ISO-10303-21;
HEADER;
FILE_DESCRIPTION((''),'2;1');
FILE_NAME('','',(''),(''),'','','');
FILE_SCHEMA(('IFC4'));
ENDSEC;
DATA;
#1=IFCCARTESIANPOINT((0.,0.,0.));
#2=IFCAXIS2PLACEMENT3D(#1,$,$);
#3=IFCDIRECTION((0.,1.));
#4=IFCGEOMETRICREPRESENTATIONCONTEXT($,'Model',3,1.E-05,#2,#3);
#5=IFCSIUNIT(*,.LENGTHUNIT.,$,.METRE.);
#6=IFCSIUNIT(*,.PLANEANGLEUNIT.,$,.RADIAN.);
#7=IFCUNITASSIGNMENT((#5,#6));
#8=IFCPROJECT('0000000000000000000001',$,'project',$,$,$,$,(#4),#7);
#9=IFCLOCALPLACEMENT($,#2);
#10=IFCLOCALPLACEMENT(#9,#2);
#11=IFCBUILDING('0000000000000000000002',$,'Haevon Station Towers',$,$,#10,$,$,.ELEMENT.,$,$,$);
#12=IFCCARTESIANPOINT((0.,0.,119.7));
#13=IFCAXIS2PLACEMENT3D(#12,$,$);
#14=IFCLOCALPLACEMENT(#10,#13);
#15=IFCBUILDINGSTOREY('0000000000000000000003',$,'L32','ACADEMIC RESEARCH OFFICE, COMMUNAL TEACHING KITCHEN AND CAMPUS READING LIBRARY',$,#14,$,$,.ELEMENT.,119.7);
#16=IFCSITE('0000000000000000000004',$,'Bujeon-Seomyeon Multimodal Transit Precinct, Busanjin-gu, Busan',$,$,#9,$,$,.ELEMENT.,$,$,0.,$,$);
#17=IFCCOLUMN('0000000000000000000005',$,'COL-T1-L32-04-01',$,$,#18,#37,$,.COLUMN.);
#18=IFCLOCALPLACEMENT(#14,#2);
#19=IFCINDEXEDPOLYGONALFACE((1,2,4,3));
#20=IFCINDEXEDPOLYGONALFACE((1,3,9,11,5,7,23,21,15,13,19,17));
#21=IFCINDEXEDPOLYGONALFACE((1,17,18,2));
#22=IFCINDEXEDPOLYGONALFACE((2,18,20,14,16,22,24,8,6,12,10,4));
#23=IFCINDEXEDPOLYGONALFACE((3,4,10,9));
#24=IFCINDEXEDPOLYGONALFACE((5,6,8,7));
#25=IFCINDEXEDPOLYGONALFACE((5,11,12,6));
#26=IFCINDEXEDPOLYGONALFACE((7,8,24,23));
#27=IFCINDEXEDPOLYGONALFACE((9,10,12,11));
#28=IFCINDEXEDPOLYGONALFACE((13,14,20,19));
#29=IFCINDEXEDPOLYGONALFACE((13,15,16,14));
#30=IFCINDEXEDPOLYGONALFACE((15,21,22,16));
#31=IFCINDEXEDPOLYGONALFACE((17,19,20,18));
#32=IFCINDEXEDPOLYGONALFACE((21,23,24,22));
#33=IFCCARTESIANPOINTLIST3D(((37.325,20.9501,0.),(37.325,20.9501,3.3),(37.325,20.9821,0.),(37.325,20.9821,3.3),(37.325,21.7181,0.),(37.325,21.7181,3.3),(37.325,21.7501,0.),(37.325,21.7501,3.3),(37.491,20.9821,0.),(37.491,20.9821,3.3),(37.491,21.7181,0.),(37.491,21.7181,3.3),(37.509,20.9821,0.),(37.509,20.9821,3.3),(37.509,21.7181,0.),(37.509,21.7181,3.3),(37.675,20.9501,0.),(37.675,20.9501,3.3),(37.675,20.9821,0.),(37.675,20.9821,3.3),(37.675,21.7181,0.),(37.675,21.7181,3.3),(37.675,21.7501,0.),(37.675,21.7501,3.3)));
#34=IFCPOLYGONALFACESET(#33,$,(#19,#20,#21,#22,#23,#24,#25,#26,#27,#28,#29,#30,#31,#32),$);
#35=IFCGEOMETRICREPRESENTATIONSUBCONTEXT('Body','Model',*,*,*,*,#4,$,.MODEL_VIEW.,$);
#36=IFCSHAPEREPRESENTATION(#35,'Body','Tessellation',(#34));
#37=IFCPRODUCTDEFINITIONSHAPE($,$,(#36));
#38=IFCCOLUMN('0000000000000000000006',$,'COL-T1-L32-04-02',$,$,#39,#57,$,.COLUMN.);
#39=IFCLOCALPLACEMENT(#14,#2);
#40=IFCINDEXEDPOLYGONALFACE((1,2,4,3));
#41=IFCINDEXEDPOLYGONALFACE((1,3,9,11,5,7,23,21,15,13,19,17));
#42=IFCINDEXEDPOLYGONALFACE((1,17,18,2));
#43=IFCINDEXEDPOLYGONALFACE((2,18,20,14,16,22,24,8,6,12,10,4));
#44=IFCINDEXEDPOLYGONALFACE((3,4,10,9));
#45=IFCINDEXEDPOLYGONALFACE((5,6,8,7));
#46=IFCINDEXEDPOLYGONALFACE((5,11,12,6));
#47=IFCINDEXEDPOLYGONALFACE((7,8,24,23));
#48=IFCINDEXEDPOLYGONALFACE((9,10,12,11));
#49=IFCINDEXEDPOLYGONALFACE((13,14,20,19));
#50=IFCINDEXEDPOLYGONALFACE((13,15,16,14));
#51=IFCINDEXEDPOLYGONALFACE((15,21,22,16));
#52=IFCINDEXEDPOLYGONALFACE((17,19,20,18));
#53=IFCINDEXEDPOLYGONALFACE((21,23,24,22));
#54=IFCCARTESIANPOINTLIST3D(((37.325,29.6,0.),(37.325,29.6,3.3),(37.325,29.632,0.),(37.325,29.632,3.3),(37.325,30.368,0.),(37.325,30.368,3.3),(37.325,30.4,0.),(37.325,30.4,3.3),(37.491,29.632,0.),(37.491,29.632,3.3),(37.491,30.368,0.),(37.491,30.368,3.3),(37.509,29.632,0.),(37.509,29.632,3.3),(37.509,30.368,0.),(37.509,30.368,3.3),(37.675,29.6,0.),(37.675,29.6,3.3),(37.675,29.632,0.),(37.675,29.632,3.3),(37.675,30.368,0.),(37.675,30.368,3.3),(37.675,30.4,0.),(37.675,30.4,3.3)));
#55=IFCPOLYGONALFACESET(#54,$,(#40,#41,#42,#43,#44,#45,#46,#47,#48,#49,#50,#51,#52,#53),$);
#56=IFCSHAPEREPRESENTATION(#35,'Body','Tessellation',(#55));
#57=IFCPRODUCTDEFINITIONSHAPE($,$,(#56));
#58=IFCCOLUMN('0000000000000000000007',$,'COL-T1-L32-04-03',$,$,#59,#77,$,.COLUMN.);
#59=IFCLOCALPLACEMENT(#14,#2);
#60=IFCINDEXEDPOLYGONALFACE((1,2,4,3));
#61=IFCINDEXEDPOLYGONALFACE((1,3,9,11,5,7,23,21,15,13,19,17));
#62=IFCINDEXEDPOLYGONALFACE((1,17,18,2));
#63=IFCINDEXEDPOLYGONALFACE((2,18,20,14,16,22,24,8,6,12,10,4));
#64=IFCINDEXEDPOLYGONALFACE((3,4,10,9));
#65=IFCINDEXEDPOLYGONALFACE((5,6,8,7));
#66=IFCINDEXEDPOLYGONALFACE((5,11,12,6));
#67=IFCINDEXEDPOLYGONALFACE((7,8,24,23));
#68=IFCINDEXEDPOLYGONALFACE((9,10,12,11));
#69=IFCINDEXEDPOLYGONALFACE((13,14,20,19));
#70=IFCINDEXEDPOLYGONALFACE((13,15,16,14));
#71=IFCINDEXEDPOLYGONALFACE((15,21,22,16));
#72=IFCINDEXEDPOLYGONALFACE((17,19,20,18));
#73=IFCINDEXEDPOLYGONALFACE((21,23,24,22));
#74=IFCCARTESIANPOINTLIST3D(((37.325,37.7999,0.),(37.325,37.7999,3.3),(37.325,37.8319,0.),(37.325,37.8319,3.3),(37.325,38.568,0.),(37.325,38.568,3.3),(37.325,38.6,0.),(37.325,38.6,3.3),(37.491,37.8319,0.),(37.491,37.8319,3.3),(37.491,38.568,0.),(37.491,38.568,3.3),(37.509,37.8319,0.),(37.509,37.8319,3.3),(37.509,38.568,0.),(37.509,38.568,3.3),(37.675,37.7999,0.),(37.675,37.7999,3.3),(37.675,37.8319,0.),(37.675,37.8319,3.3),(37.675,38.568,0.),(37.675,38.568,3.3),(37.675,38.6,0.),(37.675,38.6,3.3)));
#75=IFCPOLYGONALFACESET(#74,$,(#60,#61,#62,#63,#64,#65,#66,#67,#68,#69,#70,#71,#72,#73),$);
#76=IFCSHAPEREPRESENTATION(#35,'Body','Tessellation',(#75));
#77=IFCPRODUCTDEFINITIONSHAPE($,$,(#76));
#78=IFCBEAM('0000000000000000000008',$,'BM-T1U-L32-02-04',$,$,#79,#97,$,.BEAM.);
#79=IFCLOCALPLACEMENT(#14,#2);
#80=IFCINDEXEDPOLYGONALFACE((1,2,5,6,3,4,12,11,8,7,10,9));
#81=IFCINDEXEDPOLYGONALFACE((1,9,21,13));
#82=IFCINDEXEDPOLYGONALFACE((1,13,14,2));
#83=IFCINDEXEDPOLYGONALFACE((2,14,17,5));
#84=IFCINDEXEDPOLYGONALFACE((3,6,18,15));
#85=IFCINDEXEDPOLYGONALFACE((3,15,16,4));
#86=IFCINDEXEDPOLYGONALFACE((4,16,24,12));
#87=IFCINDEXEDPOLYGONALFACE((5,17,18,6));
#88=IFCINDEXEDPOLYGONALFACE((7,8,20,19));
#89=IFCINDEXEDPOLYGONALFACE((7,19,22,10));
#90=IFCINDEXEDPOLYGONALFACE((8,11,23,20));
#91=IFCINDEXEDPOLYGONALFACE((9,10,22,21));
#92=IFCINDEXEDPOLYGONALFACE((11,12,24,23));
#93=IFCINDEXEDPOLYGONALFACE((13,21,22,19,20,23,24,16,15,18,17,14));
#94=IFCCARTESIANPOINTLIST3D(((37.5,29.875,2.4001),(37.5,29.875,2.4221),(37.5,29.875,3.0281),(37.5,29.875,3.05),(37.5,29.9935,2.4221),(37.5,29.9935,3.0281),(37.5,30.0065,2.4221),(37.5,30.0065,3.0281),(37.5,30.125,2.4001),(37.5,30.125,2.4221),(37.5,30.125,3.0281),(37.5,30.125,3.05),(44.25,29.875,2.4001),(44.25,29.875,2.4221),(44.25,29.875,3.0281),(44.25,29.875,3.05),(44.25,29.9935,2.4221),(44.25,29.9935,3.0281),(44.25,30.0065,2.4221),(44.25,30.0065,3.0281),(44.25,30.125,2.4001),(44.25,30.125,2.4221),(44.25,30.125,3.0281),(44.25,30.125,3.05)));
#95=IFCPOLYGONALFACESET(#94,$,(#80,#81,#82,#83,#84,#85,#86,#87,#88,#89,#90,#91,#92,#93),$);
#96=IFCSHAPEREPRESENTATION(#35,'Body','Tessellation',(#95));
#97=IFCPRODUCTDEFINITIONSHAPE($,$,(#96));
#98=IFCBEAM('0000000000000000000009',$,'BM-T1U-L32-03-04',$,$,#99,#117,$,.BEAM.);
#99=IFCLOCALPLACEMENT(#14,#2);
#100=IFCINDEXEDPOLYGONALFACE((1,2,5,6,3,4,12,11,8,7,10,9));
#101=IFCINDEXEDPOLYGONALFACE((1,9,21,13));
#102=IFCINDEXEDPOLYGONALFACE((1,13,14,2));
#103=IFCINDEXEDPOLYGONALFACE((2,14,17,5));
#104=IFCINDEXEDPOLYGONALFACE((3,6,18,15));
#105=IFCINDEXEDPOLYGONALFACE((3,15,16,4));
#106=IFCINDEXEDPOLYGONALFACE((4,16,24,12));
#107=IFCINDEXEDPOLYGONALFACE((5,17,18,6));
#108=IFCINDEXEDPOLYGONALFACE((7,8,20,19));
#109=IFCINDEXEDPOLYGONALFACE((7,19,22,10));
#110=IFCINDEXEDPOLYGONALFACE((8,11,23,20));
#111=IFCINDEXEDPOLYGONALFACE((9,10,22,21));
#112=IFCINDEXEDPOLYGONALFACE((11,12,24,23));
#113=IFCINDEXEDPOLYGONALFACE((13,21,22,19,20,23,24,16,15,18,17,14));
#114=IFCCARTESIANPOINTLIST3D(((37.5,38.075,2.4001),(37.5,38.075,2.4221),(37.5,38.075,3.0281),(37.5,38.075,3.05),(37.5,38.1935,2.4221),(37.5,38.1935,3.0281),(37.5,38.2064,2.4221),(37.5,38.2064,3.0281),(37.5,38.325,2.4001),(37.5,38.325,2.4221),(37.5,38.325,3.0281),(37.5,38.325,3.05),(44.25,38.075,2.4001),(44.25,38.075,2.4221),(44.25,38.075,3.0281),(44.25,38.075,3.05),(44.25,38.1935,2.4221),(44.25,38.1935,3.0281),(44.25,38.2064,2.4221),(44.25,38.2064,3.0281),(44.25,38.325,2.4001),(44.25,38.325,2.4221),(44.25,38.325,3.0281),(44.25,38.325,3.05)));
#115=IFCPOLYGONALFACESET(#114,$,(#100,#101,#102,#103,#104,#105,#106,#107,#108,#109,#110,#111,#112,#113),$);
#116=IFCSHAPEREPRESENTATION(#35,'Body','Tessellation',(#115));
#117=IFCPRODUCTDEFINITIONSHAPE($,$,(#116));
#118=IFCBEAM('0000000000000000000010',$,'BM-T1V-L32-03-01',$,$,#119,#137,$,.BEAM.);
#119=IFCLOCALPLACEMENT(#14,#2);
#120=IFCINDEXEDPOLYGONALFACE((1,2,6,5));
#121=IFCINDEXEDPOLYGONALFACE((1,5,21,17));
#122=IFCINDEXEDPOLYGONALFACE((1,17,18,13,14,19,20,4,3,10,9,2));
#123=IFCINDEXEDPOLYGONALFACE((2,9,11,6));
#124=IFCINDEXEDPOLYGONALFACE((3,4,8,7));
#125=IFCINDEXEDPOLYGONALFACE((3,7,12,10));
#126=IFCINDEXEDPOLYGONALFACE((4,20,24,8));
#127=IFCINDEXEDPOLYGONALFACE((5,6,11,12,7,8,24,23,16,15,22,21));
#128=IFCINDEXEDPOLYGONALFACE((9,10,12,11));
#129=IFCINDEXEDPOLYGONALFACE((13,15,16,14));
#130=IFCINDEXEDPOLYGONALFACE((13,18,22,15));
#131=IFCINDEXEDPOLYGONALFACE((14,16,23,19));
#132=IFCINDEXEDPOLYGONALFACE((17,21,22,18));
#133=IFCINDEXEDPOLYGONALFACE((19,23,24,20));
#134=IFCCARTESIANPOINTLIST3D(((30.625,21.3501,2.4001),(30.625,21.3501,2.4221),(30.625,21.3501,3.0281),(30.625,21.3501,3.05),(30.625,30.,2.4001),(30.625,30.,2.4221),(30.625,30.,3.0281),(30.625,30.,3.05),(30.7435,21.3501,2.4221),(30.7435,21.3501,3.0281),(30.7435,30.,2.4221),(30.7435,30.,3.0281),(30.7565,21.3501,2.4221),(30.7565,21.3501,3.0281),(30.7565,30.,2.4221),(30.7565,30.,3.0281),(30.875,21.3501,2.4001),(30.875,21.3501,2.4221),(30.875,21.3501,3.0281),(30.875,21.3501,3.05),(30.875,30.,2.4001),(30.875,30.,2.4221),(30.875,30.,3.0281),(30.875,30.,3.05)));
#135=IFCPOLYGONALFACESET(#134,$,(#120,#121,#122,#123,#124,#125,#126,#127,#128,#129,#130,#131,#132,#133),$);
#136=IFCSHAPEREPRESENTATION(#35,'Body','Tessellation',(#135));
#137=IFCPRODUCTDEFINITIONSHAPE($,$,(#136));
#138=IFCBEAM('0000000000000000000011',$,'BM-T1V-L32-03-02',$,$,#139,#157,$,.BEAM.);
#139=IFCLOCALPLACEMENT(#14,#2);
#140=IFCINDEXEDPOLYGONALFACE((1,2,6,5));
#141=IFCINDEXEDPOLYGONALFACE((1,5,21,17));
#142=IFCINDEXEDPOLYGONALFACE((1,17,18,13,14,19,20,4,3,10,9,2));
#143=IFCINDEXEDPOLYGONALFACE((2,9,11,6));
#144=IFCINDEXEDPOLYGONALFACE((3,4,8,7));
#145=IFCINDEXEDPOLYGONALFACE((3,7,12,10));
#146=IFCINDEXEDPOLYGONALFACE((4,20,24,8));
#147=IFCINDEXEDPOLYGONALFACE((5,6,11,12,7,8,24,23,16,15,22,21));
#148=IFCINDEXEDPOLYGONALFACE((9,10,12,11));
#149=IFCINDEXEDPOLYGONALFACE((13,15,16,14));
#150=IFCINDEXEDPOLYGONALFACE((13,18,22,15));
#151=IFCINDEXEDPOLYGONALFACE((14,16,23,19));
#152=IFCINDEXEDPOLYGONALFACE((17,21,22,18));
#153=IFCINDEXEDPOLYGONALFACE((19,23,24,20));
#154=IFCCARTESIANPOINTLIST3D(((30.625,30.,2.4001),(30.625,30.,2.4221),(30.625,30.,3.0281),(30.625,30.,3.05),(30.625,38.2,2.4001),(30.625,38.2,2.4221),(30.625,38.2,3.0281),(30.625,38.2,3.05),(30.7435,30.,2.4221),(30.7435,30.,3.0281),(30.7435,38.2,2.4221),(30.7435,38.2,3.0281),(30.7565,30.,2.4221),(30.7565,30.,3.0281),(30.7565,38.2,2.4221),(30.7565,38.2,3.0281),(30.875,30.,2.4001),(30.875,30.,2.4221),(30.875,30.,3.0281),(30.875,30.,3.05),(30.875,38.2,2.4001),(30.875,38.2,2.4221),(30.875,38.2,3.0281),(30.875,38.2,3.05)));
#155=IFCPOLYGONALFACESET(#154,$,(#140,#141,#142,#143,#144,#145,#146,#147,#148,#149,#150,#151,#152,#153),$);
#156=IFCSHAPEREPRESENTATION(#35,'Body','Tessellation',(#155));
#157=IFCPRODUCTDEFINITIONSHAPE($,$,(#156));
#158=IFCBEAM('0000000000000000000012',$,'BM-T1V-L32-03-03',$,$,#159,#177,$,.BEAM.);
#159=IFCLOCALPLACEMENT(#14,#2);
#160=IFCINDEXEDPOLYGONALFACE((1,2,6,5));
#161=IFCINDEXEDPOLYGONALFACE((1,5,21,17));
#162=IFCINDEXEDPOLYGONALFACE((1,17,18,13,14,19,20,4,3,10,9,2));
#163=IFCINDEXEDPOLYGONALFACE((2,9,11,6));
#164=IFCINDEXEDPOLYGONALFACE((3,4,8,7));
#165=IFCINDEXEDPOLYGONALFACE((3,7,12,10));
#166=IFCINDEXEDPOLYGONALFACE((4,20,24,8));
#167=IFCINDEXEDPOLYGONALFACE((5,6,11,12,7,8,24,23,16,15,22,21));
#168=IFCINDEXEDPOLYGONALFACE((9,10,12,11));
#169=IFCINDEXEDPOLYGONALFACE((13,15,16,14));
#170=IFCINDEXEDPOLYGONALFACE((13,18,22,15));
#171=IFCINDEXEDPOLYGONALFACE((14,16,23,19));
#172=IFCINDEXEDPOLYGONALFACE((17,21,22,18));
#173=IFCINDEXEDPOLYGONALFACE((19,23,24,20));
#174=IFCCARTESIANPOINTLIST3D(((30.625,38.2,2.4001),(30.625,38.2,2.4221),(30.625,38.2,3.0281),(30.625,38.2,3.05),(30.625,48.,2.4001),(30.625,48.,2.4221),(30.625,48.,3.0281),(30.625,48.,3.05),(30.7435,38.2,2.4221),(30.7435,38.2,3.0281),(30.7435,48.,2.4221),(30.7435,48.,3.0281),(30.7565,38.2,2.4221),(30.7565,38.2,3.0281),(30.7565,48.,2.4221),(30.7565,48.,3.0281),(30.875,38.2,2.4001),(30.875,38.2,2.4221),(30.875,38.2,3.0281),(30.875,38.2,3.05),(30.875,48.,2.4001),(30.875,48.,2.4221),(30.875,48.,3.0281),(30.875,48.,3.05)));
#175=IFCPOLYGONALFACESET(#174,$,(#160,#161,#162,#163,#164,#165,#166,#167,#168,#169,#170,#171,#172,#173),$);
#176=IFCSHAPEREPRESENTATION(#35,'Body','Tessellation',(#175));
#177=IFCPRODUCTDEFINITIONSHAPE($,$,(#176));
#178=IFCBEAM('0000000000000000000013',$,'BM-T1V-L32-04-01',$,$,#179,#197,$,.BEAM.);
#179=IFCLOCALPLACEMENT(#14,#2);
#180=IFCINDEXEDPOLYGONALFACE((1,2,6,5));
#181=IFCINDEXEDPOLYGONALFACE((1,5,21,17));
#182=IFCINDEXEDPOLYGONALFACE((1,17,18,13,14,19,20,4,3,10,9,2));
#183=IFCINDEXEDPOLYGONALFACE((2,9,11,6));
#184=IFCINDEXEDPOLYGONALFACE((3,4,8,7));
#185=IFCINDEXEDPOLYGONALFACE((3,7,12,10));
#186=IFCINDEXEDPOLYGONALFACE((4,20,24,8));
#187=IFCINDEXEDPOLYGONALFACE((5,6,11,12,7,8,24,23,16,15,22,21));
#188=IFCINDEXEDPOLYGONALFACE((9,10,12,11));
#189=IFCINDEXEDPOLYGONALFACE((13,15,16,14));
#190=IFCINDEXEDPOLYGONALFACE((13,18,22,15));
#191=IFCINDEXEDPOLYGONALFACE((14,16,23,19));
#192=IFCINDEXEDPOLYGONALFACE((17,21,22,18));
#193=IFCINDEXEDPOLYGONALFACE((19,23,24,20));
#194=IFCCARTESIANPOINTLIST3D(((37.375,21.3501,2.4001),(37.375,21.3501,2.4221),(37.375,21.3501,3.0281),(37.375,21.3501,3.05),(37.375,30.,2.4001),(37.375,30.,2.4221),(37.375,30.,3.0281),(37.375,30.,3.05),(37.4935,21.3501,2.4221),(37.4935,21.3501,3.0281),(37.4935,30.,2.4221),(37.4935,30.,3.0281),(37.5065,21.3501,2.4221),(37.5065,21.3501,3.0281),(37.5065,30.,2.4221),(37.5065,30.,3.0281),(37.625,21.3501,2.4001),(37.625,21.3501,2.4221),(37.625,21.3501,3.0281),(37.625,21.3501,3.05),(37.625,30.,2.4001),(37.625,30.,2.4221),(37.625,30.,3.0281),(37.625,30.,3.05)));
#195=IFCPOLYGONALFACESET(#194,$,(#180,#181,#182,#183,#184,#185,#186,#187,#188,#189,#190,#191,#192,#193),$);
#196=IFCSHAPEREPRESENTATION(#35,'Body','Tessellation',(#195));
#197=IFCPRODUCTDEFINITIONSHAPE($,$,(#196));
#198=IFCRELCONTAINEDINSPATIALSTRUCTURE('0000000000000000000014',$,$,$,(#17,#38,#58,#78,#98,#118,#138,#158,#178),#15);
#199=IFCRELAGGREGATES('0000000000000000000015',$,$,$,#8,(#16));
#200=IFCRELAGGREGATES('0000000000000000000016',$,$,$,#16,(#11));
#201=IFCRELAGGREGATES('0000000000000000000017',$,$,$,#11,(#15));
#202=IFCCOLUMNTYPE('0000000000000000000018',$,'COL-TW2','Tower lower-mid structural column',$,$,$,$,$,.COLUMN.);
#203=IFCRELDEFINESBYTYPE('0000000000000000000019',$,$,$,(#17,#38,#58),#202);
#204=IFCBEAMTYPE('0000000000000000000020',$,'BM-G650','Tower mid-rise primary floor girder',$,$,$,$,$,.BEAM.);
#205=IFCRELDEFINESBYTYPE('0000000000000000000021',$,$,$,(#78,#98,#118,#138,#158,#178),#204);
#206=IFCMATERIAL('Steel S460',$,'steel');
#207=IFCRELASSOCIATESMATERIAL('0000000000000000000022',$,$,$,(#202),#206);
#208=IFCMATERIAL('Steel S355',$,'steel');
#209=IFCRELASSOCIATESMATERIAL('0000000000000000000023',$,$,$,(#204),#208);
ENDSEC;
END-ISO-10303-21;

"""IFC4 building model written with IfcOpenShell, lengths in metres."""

from ifc_helpers import new_model, si_unit, direction, frame, origin, origin_2d, place, context, subcontext, project, spatial, i_section, extrude, material, material_profile, profile_set, type_object, element, save


model = new_model("IFC4")

# Units and contexts
model_context = context("Model", 3, precision=1e-05, world=origin(), true_north=direction((0.0, 1.0)))
body_context = subcontext(model_context, "Body", "Model", "MODEL_VIEW")
ifc_project = project(units=[si_unit("LENGTHUNIT", "METRE"), si_unit("PLANEANGLEUNIT", "RADIAN")], contexts=[model_context])

# Site, building, storey
site_placement = place(None, origin())
site = spatial("IfcSite", under=ifc_project, at=site_placement, Name="Bujeon-Seomyeon Multimodal Transit Precinct, Busanjin-gu, Busan", CompositionType="ELEMENT", RefElevation=0.0)
building_placement = place(site_placement, origin())
building = spatial("IfcBuilding", under=site, at=building_placement, Name="Haevon Station Towers", CompositionType="ELEMENT")
storey_placement = place(building_placement, frame((0.0, 0.0, 119.7)))
storey = spatial("IfcBuildingStorey", under=building, at=storey_placement, Name="L32", Description="ACADEMIC RESEARCH OFFICE, COMMUNAL TEACHING KITCHEN AND CAMPUS READING LIBRARY", CompositionType="ELEMENT", Elevation=119.7)

# Columns
ifc_material_1 = material(Name="Steel S460", Category="steel")
ifc_material_profile_1 = material_profile(ifc_material_1, i_section(OverallWidth=0.3501, OverallDepth=0.8, WebThickness=0.0181, FlangeThickness=0.032, at=origin_2d()), Name="H-800x350x18x32")
ifc_profile_set_1 = profile_set([ifc_material_profile_1], Name="Steel S460")
column_type = type_object("IfcColumnType", Name="COL-TW2", Description="Tower lower-mid structural column", PredefinedType="COLUMN", material=ifc_profile_set_1)
for number, where, z_axis, x_axis, name in (
    (1, (37.5, 21.3501, 0.0), (0.0, 0.0, 1.0), (1.0, 0.0, 0.0), "COL-T1-L32-04-01"),
    (2, (37.5, 30.0, 0.0), (0.0, 0.0, 1.0), (1.0, 0.0, 0.0), "COL-T1-L32-04-02"),
    (3, (37.5, 38.2, 0.0), (0.0, 0.0, 1.0), (1.0, 0.0, 0.0), "COL-T1-L32-04-03"),
):
    element("IfcColumn", number, at=place(storey_placement, frame(where, z_axis=z_axis, x_axis=x_axis)), inside=storey, type_object=column_type, Name=name, PredefinedType="COLUMN", context=body_context, shape_type="SweptSolid", body=[
        extrude(i_section(OverallWidth=0.3501, OverallDepth=0.8, WebThickness=0.0181, FlangeThickness=0.032, at=origin_2d()), origin(), (0.0, 0.0, 1.0), 3.3),
    ])

# Beams
ifc_material_2 = material(Name="Steel S355", Category="steel")
ifc_material_profile_2 = material_profile(ifc_material_2, i_section(OverallWidth=0.25, OverallDepth=0.6499, WebThickness=0.0129, FlangeThickness=0.022, at=origin_2d()), Name="H-650x250x13x22")
ifc_profile_set_2 = profile_set([ifc_material_profile_2], Name="Steel S355")
beam_type_1 = type_object("IfcBeamType", Name="BM-G650", Description="Tower mid-rise primary floor girder", PredefinedType="BEAM", material=ifc_profile_set_2)
for number, where, z_axis, x_axis, name in (
    (4, (37.5, 30.0, 2.7251), (1.0, 0.0, 0.0), (0.0, 1.0, 0.0), "BM-T1U-L32-02-04"),
    (5, (37.5, 38.2, 2.7251), (1.0, 0.0, 0.0), (0.0, 1.0, 0.0), "BM-T1U-L32-03-04"),
):
    element("IfcBeam", number, at=place(storey_placement, frame(where, z_axis=z_axis, x_axis=x_axis)), inside=storey, type_object=beam_type_1, Name=name, PredefinedType="BEAM", context=body_context, shape_type="SweptSolid", body=[
        extrude(i_section(OverallWidth=0.25, OverallDepth=0.6499, WebThickness=0.0129, FlangeThickness=0.022, at=origin_2d()), origin(), (0.0, 0.0, 1.0), 6.75),
    ])
beam_1_placement = place(storey_placement, frame((30.75, 21.3501, 2.7251), z_axis=(0.0, 1.0, 0.0), x_axis=(-1.0, 0.0, 0.0)))
element("IfcBeam", 6, at=beam_1_placement, inside=storey, type_object=beam_type_1, Name="BM-T1V-L32-03-01", PredefinedType="BEAM", context=body_context, shape_type="SweptSolid", body=[
    extrude(i_section(OverallWidth=0.25, OverallDepth=0.6499, WebThickness=0.0129, FlangeThickness=0.022, at=origin_2d()), origin(), (0.0, 0.0, 1.0), 8.6499),
])
beam_2_placement = place(storey_placement, frame((30.75, 30.0, 2.7251), z_axis=(0.0, 1.0, 0.0), x_axis=(-1.0, 0.0, 0.0)))
element("IfcBeam", 7, at=beam_2_placement, inside=storey, type_object=beam_type_1, Name="BM-T1V-L32-03-02", PredefinedType="BEAM", context=body_context, shape_type="SweptSolid", body=[
    extrude(i_section(OverallWidth=0.25, OverallDepth=0.6499, WebThickness=0.0129, FlangeThickness=0.022, at=origin_2d()), origin(), (0.0, 0.0, 1.0), 8.2),
])
beam_3_placement = place(storey_placement, frame((30.75, 38.2, 2.7251), z_axis=(0.0, 1.0, 0.0), x_axis=(-1.0, 0.0, 0.0)))
element("IfcBeam", 8, at=beam_3_placement, inside=storey, type_object=beam_type_1, Name="BM-T1V-L32-03-03", PredefinedType="BEAM", context=body_context, shape_type="SweptSolid", body=[
    extrude(i_section(OverallWidth=0.25, OverallDepth=0.6499, WebThickness=0.0129, FlangeThickness=0.022, at=origin_2d()), origin(), (0.0, 0.0, 1.0), 9.8),
])
beam_4_placement = place(storey_placement, frame((37.5, 21.3501, 2.7251), z_axis=(0.0, 1.0, 0.0), x_axis=(-1.0, 0.0, 0.0)))
element("IfcBeam", 9, at=beam_4_placement, inside=storey, type_object=beam_type_1, Name="BM-T1V-L32-04-01", PredefinedType="BEAM", context=body_context, shape_type="SweptSolid", body=[
    extrude(i_section(OverallWidth=0.25, OverallDepth=0.6499, WebThickness=0.0129, FlangeThickness=0.022, at=origin_2d()), origin(), (0.0, 0.0, 1.0), 8.6499),
])

save(model, "model.ifc")
